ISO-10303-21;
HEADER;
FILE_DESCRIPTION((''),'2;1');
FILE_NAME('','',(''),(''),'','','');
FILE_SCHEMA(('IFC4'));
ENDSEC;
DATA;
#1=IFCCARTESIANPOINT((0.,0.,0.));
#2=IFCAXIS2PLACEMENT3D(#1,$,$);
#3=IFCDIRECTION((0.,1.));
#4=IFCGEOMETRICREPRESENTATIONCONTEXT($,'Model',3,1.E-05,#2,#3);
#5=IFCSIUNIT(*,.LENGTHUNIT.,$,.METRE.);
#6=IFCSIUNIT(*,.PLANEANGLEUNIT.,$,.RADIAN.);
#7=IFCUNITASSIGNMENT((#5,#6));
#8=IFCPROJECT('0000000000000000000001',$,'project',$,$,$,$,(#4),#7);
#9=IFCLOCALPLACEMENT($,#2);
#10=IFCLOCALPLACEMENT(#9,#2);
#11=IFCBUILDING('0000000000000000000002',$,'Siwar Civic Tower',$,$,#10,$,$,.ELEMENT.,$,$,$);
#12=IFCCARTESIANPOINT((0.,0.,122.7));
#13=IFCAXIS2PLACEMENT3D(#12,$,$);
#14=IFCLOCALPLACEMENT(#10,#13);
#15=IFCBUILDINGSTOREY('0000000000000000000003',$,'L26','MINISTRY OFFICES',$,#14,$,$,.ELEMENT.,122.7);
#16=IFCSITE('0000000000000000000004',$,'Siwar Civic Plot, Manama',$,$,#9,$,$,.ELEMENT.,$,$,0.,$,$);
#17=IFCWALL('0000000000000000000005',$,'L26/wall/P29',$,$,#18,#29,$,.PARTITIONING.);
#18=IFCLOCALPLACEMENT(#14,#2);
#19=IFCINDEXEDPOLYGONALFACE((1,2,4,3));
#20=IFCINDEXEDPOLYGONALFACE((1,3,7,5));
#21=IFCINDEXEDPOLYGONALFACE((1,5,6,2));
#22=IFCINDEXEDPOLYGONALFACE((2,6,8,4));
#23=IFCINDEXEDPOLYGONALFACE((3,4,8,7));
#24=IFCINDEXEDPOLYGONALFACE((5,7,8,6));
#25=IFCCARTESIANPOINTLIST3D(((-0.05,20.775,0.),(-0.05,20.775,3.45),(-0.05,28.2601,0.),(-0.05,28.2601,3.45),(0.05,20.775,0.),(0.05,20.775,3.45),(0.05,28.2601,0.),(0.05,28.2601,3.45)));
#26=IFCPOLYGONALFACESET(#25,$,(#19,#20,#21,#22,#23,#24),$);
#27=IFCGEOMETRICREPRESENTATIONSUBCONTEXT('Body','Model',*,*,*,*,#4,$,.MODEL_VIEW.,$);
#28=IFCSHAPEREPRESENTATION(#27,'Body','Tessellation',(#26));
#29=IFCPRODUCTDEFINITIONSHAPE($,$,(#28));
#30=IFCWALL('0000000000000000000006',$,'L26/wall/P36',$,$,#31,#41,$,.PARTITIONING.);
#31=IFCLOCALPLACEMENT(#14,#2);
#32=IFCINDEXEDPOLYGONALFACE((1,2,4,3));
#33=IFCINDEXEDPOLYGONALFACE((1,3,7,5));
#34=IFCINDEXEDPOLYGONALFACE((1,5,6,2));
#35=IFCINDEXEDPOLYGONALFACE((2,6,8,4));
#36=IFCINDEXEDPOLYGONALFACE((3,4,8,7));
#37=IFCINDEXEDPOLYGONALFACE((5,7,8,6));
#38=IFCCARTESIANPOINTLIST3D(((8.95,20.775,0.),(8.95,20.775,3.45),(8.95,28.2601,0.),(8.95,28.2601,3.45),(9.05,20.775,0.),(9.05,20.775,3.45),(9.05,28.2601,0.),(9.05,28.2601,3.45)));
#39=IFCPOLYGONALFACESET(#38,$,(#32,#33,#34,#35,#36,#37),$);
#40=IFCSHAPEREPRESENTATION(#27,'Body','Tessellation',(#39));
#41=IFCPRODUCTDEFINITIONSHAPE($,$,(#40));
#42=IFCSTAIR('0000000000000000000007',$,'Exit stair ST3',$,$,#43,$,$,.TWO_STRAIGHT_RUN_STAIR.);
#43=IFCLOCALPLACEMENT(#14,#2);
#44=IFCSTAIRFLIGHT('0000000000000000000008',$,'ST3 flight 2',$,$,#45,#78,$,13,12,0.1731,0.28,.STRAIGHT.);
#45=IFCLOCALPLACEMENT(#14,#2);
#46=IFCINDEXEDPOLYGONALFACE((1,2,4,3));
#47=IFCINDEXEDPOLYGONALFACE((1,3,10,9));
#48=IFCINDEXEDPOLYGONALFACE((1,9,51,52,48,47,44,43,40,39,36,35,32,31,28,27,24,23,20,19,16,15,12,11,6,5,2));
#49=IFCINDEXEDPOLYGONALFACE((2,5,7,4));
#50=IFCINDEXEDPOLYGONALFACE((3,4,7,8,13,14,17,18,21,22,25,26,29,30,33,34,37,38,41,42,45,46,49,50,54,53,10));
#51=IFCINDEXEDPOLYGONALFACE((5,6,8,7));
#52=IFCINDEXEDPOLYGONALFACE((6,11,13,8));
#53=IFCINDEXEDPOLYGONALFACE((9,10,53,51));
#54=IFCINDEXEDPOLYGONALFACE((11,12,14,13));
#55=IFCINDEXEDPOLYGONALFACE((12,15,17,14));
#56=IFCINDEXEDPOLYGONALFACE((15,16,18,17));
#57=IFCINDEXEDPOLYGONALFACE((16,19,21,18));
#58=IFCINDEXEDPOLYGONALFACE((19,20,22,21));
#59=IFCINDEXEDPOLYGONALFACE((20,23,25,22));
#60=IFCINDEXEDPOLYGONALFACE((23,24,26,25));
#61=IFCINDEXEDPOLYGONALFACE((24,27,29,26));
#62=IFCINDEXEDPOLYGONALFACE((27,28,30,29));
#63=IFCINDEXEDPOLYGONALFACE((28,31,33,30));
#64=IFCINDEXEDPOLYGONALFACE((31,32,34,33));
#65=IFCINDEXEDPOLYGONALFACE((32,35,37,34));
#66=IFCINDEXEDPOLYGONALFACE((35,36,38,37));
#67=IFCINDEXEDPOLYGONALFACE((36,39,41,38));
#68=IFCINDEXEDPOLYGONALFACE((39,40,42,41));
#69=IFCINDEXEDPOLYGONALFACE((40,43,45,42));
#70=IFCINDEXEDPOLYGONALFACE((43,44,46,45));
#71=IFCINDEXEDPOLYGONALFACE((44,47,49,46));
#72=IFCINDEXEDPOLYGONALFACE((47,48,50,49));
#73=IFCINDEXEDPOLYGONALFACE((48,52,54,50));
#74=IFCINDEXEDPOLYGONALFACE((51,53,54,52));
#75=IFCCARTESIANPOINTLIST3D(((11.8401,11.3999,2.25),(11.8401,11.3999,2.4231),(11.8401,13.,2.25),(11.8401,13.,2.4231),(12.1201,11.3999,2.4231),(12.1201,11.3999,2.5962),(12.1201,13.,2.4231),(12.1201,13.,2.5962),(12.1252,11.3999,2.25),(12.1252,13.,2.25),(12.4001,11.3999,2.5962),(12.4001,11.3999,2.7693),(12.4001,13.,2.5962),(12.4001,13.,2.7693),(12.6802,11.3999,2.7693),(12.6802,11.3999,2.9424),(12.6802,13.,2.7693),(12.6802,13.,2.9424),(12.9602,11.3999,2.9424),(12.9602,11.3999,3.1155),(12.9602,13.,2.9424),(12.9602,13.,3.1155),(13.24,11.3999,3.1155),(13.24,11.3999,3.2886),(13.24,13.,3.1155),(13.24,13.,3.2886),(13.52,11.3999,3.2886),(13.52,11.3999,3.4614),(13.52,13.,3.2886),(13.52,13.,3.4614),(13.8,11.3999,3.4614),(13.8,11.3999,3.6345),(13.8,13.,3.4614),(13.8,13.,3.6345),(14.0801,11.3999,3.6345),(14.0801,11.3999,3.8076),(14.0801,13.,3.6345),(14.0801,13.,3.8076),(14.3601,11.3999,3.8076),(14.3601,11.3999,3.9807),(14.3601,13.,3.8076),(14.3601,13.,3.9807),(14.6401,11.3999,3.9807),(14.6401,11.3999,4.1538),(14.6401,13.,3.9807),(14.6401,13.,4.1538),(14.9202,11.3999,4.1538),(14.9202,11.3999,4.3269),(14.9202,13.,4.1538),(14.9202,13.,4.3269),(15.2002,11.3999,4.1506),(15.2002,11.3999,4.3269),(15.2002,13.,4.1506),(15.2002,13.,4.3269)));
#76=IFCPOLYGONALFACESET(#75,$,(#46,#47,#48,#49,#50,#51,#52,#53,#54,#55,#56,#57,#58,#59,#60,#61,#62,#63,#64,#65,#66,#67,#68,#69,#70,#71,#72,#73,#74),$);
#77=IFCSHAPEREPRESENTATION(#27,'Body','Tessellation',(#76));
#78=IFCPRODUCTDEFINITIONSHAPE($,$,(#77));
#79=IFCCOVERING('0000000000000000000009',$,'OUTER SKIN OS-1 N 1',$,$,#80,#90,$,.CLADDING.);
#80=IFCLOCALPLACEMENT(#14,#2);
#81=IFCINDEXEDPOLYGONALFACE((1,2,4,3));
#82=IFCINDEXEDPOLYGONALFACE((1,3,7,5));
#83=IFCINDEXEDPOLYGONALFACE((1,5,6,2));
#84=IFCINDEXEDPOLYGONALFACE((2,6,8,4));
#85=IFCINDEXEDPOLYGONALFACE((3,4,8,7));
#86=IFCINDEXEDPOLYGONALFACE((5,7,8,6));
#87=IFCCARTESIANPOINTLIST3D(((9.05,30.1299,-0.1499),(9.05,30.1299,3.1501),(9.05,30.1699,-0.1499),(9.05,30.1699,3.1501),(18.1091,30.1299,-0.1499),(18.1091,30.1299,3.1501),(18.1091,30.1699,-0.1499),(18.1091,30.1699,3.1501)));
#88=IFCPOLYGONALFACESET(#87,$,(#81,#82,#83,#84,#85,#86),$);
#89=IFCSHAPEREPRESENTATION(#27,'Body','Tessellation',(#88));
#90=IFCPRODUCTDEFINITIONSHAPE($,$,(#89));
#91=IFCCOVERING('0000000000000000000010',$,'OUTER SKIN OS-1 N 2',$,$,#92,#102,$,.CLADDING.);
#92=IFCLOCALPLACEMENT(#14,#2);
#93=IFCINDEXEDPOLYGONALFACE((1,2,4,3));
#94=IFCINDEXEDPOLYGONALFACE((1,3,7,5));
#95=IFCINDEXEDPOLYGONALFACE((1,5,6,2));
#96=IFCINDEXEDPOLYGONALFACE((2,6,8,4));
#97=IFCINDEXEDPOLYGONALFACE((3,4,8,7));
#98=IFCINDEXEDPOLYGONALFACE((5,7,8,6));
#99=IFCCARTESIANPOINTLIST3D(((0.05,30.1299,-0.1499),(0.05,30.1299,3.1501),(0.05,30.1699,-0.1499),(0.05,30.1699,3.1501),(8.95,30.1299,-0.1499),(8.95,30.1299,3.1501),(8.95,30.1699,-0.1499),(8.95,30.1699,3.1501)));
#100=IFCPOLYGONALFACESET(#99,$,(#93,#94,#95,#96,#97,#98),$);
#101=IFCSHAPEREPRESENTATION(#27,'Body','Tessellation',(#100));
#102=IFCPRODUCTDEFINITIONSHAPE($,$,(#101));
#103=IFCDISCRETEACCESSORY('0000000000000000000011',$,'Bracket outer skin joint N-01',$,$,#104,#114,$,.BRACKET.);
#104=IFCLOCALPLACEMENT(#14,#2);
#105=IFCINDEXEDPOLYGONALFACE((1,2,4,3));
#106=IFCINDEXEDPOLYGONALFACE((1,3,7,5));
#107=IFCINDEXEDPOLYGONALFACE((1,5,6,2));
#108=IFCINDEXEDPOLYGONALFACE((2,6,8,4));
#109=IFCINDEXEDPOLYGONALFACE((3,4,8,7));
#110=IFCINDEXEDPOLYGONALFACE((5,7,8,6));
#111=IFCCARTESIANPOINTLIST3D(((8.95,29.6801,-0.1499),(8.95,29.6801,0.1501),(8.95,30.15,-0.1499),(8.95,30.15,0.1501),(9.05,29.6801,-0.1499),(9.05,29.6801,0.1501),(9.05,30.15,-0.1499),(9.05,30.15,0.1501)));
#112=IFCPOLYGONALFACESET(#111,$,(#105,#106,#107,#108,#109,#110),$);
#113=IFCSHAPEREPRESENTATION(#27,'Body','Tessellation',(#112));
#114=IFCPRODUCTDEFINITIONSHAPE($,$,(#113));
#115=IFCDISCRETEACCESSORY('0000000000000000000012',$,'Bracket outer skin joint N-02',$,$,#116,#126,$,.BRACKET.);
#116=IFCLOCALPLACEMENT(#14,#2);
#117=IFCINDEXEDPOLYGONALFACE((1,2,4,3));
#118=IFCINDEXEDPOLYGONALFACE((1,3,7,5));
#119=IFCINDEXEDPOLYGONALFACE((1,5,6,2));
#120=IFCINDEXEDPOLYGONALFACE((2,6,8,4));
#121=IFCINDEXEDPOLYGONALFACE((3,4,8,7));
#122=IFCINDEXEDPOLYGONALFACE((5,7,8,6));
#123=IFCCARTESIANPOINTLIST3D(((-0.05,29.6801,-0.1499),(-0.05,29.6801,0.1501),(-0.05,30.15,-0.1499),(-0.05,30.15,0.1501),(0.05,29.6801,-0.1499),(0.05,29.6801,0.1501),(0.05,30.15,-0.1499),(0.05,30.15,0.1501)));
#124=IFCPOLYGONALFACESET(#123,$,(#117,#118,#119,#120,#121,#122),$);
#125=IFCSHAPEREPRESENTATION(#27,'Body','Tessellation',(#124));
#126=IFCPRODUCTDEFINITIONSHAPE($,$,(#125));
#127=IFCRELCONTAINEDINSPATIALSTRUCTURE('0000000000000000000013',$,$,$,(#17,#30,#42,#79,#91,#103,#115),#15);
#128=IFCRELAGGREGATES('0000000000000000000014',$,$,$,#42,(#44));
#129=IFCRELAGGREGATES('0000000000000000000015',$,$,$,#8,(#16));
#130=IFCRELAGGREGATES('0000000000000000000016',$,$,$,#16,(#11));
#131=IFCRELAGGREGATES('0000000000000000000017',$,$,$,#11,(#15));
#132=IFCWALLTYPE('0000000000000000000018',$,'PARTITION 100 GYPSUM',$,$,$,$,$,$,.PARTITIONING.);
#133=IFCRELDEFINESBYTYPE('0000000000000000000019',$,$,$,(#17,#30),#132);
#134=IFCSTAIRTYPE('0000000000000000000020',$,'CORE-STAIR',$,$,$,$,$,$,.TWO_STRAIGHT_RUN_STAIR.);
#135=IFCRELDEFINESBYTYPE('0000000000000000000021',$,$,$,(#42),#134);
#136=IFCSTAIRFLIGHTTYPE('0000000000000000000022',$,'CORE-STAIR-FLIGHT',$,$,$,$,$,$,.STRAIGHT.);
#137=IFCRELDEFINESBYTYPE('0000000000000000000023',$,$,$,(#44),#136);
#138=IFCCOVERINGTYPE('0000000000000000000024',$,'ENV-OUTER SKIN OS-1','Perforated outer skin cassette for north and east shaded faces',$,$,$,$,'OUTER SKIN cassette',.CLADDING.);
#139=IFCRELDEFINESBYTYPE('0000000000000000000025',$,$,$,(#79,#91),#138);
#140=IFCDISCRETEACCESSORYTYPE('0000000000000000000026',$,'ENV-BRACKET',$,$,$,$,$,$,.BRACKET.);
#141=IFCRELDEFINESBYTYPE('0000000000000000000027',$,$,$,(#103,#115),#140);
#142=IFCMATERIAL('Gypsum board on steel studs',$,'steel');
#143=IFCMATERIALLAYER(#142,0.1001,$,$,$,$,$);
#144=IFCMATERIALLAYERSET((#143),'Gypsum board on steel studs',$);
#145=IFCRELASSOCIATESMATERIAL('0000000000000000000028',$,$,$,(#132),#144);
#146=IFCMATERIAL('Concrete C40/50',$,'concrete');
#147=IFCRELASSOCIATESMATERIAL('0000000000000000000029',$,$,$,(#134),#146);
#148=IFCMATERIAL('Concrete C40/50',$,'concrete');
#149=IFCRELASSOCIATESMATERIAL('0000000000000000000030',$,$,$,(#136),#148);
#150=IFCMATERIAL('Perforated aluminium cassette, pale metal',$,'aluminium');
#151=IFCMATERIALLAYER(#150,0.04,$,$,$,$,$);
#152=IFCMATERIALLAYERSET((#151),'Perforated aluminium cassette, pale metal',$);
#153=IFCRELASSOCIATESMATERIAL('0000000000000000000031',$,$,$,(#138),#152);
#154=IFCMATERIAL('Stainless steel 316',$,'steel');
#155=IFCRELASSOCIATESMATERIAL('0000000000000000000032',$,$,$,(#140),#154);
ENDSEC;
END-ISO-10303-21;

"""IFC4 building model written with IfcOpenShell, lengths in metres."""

from ifc_helpers import new_model, si_unit, direction, frame, frame_2d, origin, origin_2d, place, context, subcontext, project, spatial, polyline, rectangle, outline, extrude, material, layer, layer_set, type_object, element, aggregate, save


model = new_model("IFC4")

# Units and contexts
model_context = context("Model", 3, precision=1e-05, world=origin(), true_north=direction((0.0, 1.0)))
body_context = subcontext(model_context, "Body", "Model", "MODEL_VIEW")
ifc_project = project(units=[si_unit("LENGTHUNIT", "METRE"), si_unit("PLANEANGLEUNIT", "RADIAN")], contexts=[model_context])

# Site, building, storey
site_placement = place(None, origin())
site = spatial("IfcSite", under=ifc_project, at=site_placement, Name="Siwar Civic Plot, Manama", CompositionType="ELEMENT", RefElevation=0.0)
building_placement = place(site_placement, origin())
building = spatial("IfcBuilding", under=site, at=building_placement, Name="Siwar Civic Tower", CompositionType="ELEMENT")
storey_placement = place(building_placement, frame((0.0, 0.0, 122.7)))
storey = spatial("IfcBuildingStorey", under=building, at=storey_placement, Name="L26", Description="MINISTRY OFFICES", CompositionType="ELEMENT", Elevation=122.7)

# Walls
ifc_material_1 = material(Name="Gypsum board on steel studs", Category="steel")
ifc_layer_1 = layer(ifc_material_1, 0.1001)
ifc_layer_set_1 = layer_set([ifc_layer_1], Name="Gypsum board on steel studs")
wall_type_1 = type_object("IfcWallType", Name="PARTITION 100 GYPSUM", PredefinedType="PARTITIONING", material=ifc_layer_set_1)
for number, where, z_axis, x_axis, name in (
    (1, (0.0, 20.7749, 0.0), (0.0, 0.0, 1.0), (0.0, 1.0, 0.0), "L26/wall/P29"),
    (2, (9.0, 20.7749, 0.0), (0.0, 0.0, 1.0), (0.0, 1.0, 0.0), "L26/wall/P36"),
):
    element("IfcWall", number, at=place(storey_placement, frame(where, z_axis=z_axis, x_axis=x_axis)), inside=storey, type_object=wall_type_1, Name=name, PredefinedType="PARTITIONING", context=body_context, shape_type="SweptSolid", body=[
        extrude(rectangle(XDim=7.4851, YDim=0.1001, at=frame_2d((3.7427, 0.0))), origin(), (0.0, 0.0, 1.0), 3.45),
    ])

# Stair, stair flight
ifc_material_2 = material(Name="Concrete C40/50", Category="concrete")
stair_type = type_object("IfcStairType", Name="CORE-STAIR", PredefinedType="TWO_STRAIGHT_RUN_STAIR", material=ifc_material_2)
stair_placement = place(storey_placement, origin())
stair = element("IfcStair", 3, at=stair_placement, inside=storey, type_object=stair_type, Name="Exit stair ST3", PredefinedType="TWO_STRAIGHT_RUN_STAIR")
ifc_material_3 = material(Name="Concrete C40/50", Category="concrete")
stair_flight_type = type_object("IfcStairFlightType", Name="CORE-STAIR-FLIGHT", PredefinedType="STRAIGHT", material=ifc_material_3)
stair_flight_placement = place(storey_placement, frame((11.8401, 12.2, 2.25), z_axis=(0.0, 0.0, 1.0), x_axis=(1.0, 0.0, 0.0)))
stair_flight = element("IfcStairFlight", 4, at=stair_flight_placement, type_object=stair_flight_type, Name="ST3 flight 2", NumberOfRisers=13, NumberOfTreads=12, PredefinedType="STRAIGHT", RiserHeight=0.1731, TreadLength=0.28, context=body_context, shape_type="SweptSolid", body=[
    extrude(outline(polyline([(0.0, 0.0), (0.0, 0.1731), (0.28, 0.1731), (0.28, 0.3462), (0.5601, 0.3462), (0.5601, 0.5193), (0.8401, 0.5193), (0.8401, 0.6924), (1.1201, 0.6924), (1.1201, 0.8655), (1.3999, 0.8655), (1.3999, 1.0386), (1.6799, 1.0386), (1.6799, 1.2114), (1.96, 1.2114), (1.96, 1.3845), (2.24, 1.3845), (2.24, 1.5576), (2.52, 1.5576), (2.52, 1.7307), (2.8, 1.7307), (2.8, 1.9038), (3.0801, 1.9038), (3.0801, 2.0769), (3.3601, 2.0769), (3.3601, 2.25), (3.3601, 1.9006), (0.2852, 0.0), (0.0, 0.0)])), frame((0.0, 0.8, 0.0), z_axis=(0.0, -1.0, 0.0), x_axis=(1.0, 0.0, 0.0)), (0.0, 0.0, 1.0), 1.6001),
])
aggregate(stair, [stair_flight])

# Coverings
ifc_material_4 = material(Name="Perforated aluminium cassette, pale metal", Category="aluminium")
ifc_layer_2 = layer(ifc_material_4, 0.04)
ifc_layer_set_2 = layer_set([ifc_layer_2], Name="Perforated aluminium cassette, pale metal")
covering_type = type_object("IfcCoveringType", Name="ENV-OUTER SKIN OS-1", Description="Perforated outer skin cassette for north and east shaded faces", ElementType="OUTER SKIN cassette", PredefinedType="CLADDING", material=ifc_layer_set_2)
covering_1_placement = place(storey_placement, frame((13.5796, 30.1499, -0.1499), z_axis=(0.0, 0.0, 1.0), x_axis=(-1.0, 0.0, 0.0)))
element("IfcCovering", 5, at=covering_1_placement, inside=storey, type_object=covering_type, Name="OUTER SKIN OS-1 N 1", PredefinedType="CLADDING", context=body_context, shape_type="SweptSolid", body=[
    extrude(rectangle(XDim=9.0591, YDim=0.04, at=origin_2d()), origin(), (0.0, 0.0, 1.0), 3.3),
])
covering_2_placement = place(storey_placement, frame((4.5, 30.1499, -0.1499), z_axis=(0.0, 0.0, 1.0), x_axis=(-1.0, 0.0, 0.0)))
element("IfcCovering", 6, at=covering_2_placement, inside=storey, type_object=covering_type, Name="OUTER SKIN OS-1 N 2", PredefinedType="CLADDING", context=body_context, shape_type="SweptSolid", body=[
    extrude(rectangle(XDim=8.8999, YDim=0.04, at=origin_2d()), origin(), (0.0, 0.0, 1.0), 3.3),
])

# Discrete accessories
ifc_material_5 = material(Name="Stainless steel 316", Category="steel")
discrete_accessory_type = type_object("IfcDiscreteAccessoryType", Name="ENV-BRACKET", PredefinedType="BRACKET", material=ifc_material_5)
for number, where, z_axis, x_axis, name in (
    (7, (9.0, 29.915, -0.1499), (0.0, 0.0, 1.0), (0.0, 1.0, 0.0), "Bracket outer skin joint N-01"),
    (8, (0.0, 29.915, -0.1499), (0.0, 0.0, 1.0), (0.0, 1.0, 0.0), "Bracket outer skin joint N-02"),
):
    element("IfcDiscreteAccessory", number, at=place(storey_placement, frame(where, z_axis=z_axis, x_axis=x_axis)), inside=storey, type_object=discrete_accessory_type, Name=name, PredefinedType="BRACKET", context=body_context, shape_type="SweptSolid", body=[
        extrude(rectangle(XDim=0.47, YDim=0.1001, at=origin_2d()), origin(), (0.0, 0.0, 1.0), 0.3),
    ])

save(model, "model.ifc")
